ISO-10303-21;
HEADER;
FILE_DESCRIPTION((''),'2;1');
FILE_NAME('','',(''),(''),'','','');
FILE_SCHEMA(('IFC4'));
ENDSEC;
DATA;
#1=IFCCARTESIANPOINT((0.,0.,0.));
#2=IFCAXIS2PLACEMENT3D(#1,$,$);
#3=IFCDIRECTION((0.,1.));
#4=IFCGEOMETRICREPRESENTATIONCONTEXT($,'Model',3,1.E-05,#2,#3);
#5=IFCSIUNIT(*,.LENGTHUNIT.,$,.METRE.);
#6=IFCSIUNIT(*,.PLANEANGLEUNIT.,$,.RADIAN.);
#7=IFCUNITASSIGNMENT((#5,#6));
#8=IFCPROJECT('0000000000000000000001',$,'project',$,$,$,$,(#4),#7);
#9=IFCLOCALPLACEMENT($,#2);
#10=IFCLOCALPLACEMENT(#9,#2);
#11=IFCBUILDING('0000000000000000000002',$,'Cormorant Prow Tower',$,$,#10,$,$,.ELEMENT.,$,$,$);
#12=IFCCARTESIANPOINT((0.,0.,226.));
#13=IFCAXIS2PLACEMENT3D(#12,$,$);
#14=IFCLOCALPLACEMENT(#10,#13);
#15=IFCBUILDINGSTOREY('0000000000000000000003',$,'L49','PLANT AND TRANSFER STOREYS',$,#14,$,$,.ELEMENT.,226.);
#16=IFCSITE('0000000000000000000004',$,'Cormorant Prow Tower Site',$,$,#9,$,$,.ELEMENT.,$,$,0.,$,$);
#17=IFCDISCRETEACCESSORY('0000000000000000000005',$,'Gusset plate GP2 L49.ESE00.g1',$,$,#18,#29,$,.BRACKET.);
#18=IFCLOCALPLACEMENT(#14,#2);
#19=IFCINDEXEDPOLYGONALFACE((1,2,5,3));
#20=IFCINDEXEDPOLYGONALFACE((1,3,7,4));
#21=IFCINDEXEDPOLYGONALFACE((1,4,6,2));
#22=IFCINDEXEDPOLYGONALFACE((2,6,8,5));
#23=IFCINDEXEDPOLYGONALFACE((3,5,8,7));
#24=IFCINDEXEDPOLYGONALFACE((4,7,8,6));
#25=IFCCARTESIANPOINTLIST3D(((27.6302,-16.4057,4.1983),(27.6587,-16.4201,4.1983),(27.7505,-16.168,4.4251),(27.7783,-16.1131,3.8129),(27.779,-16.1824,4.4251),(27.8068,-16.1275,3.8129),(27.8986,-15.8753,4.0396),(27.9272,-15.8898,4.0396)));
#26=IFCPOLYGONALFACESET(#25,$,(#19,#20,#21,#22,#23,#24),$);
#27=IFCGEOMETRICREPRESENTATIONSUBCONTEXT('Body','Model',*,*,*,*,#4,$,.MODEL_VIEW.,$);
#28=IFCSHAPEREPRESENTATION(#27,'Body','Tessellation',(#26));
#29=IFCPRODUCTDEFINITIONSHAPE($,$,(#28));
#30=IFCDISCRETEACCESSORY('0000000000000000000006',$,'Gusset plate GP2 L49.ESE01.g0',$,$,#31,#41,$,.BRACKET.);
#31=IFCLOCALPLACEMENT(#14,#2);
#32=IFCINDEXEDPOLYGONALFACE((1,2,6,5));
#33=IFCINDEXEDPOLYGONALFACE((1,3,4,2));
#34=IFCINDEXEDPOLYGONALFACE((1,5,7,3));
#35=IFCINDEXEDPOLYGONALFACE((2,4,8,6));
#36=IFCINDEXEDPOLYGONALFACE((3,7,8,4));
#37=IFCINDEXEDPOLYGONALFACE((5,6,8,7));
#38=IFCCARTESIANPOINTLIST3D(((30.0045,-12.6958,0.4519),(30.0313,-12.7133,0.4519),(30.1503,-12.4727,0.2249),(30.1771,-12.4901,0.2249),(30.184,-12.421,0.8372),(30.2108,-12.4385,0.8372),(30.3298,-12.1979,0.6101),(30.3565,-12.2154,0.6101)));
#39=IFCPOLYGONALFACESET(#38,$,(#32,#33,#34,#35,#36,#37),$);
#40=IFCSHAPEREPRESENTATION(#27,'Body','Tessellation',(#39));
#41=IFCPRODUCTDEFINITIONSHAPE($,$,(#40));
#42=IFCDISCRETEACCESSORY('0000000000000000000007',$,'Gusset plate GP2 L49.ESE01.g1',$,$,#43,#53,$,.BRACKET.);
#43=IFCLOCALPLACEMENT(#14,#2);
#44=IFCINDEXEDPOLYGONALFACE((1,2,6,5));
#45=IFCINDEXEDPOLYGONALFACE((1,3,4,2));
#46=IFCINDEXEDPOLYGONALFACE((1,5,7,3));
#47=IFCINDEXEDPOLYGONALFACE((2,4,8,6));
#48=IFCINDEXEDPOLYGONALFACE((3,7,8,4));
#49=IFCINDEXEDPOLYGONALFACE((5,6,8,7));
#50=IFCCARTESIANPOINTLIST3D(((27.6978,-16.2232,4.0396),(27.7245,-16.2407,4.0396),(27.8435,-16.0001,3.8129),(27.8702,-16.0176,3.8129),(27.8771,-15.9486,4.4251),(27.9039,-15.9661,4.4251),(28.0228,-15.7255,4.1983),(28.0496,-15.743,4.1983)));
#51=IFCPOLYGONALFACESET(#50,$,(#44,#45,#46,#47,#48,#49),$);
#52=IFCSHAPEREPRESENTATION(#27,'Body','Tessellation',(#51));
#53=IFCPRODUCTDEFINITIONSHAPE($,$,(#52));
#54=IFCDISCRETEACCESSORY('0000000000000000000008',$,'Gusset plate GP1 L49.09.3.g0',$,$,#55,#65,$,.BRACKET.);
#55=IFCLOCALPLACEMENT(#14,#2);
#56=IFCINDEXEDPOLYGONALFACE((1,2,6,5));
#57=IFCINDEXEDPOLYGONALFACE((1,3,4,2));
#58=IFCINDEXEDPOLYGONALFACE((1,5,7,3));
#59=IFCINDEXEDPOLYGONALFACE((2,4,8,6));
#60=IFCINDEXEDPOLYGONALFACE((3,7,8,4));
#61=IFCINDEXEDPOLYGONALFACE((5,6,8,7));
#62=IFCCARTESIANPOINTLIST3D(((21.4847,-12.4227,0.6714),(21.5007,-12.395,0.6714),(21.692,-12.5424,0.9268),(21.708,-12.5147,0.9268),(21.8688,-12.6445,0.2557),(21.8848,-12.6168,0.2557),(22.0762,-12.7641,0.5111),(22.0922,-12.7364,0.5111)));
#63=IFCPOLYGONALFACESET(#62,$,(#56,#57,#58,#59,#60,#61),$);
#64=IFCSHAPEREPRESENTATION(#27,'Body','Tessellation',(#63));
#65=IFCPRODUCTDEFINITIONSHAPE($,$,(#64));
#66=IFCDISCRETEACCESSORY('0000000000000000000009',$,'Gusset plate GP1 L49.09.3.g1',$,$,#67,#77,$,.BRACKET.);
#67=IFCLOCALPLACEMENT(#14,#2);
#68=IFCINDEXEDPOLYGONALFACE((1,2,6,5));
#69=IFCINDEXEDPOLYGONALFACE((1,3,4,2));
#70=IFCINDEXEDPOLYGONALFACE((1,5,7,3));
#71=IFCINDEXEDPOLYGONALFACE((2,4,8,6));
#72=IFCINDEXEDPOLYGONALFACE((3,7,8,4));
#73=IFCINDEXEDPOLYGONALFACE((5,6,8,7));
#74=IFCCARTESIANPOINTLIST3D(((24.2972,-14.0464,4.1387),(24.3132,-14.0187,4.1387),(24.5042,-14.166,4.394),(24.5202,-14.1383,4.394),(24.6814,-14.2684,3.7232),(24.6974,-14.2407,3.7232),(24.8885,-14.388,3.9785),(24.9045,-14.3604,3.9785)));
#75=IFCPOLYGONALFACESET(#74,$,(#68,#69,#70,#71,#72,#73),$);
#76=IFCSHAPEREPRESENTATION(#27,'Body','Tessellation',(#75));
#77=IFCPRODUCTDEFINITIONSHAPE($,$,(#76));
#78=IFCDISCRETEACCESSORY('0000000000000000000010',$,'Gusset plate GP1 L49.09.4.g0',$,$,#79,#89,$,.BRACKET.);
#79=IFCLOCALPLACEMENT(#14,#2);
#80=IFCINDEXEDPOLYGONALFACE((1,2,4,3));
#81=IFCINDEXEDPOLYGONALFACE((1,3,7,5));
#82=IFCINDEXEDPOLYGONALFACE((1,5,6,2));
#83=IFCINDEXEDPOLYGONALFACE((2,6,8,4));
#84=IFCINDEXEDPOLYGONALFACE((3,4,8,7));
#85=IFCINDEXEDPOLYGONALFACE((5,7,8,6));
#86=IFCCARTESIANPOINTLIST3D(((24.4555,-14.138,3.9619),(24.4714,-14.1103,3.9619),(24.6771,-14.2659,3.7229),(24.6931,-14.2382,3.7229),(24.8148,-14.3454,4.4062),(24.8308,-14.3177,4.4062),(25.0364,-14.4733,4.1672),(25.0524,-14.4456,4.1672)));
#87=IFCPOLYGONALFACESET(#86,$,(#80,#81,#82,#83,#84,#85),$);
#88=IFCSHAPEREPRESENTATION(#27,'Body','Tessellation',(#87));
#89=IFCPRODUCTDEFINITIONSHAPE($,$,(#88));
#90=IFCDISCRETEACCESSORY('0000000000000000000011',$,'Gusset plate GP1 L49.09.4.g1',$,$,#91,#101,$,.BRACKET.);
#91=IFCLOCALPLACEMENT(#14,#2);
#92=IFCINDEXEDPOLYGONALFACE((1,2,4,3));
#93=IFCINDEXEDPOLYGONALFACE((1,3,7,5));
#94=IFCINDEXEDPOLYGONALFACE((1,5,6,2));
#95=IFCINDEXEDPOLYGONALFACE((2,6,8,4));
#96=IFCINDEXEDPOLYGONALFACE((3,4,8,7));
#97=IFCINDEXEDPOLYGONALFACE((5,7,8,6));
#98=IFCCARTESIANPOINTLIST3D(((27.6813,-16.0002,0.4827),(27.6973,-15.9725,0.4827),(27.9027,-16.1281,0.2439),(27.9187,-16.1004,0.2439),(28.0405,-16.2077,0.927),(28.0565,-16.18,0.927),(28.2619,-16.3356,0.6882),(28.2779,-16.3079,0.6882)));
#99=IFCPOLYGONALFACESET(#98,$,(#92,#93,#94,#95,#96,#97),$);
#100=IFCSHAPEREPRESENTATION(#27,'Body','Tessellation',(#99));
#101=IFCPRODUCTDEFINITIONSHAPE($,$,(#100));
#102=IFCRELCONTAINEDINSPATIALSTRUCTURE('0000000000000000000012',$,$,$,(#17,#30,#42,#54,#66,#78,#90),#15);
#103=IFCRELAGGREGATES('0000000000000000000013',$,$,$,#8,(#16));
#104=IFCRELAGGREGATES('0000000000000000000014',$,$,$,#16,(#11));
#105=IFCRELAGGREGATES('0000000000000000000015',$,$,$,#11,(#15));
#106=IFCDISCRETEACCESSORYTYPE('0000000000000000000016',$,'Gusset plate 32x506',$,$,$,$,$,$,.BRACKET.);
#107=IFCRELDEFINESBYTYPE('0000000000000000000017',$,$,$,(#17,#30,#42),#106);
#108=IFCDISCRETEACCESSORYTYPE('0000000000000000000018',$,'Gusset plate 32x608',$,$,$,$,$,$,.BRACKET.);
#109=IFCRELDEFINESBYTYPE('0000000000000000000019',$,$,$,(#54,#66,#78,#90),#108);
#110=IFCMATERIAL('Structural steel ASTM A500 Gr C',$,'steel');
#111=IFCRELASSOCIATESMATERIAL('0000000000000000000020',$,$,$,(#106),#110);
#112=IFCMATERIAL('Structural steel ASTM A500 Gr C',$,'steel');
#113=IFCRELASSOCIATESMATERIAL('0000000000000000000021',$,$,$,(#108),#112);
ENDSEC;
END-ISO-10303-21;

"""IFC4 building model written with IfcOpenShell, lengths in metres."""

from ifc_helpers import new_model, si_unit, direction, frame, origin, origin_2d, place, context, subcontext, project, spatial, rectangle, extrude, material, material_profile, profile_set, type_object, element, save


model = new_model("IFC4")

# Units and contexts
model_context = context("Model", 3, precision=1e-05, world=origin(), true_north=direction((0.0, 1.0)))
body_context = subcontext(model_context, "Body", "Model", "MODEL_VIEW")
ifc_project = project(units=[si_unit("LENGTHUNIT", "METRE"), si_unit("PLANEANGLEUNIT", "RADIAN")], contexts=[model_context])

# Site, building, storey
site_placement = place(None, origin())
site = spatial("IfcSite", under=ifc_project, at=site_placement, Name="Cormorant Prow Tower Site", CompositionType="ELEMENT", RefElevation=0.0)
building_placement = place(site_placement, origin())
building = spatial("IfcBuilding", under=site, at=building_placement, Name="Cormorant Prow Tower", CompositionType="ELEMENT")
storey_placement = place(building_placement, frame((0.0, 0.0, 226.0)))
storey = spatial("IfcBuildingStorey", under=building, at=storey_placement, Name="L49", Description="PLANT AND TRANSFER STOREYS", CompositionType="ELEMENT", Elevation=226.0)

# Discrete accessories
ifc_material_1 = material(Name="Structural steel ASTM A500 Gr C", Category="steel")
ifc_material_profile_1 = material_profile(ifc_material_1, rectangle(XDim=0.032, YDim=0.5061, at=origin_2d()), Name="Gusset plate 32x506")
ifc_profile_set_1 = profile_set([ifc_material_profile_1], Name="Structural steel ASTM A500 Gr C")
discrete_accessory_type_1 = type_object("IfcDiscreteAccessoryType", Name="Gusset plate 32x506", PredefinedType="BRACKET", material=ifc_profile_set_1)
discrete_accessory_1_placement = place(storey_placement, frame((27.7185, -16.2666, 4.0056), z_axis=(0.343927, 0.679482, 0.648089), x_axis=(-0.892218, 0.451605, 0.0)))
element("IfcDiscreteAccessory", 1, at=discrete_accessory_1_placement, inside=storey, type_object=discrete_accessory_type_1, Name="Gusset plate GP2 L49.ESE00.g1", PredefinedType="BRACKET", context=body_context, shape_type="SweptSolid", body=[
    extrude(rectangle(XDim=0.032, YDim=0.5061, at=origin_2d()), origin(), (0.0, 0.0, 1.0), 0.3499),
])
discrete_accessory_2_placement = place(storey_placement, frame((30.1077, -12.5671, 0.6445), z_axis=(0.416283, 0.637324, -0.648481), x_axis=(-0.837228, 0.546854, 0.0)))
element("IfcDiscreteAccessory", 2, at=discrete_accessory_2_placement, inside=storey, type_object=discrete_accessory_type_1, Name="Gusset plate GP2 L49.ESE01.g0", PredefinedType="BRACKET", context=body_context, shape_type="SweptSolid", body=[
    extrude(rectangle(XDim=0.032, YDim=0.5061, at=origin_2d()), origin(), (0.0, 0.0, 1.0), 0.3501),
])
discrete_accessory_3_placement = place(storey_placement, frame((27.9465, -15.8716, 4.0056), z_axis=(-0.416471, -0.637612, 0.648076), x_axis=(0.837228, -0.546854, 0.0)))
element("IfcDiscreteAccessory", 3, at=discrete_accessory_3_placement, inside=storey, type_object=discrete_accessory_type_1, Name="Gusset plate GP2 L49.ESE01.g1", PredefinedType="BRACKET", context=body_context, shape_type="SweptSolid", body=[
    extrude(rectangle(XDim=0.032, YDim=0.5061, at=origin_2d()), origin(), (0.0, 0.0, 1.0), 0.3499),
])
ifc_material_2 = material(Name="Structural steel ASTM A500 Gr C", Category="steel")
ifc_material_profile_2 = material_profile(ifc_material_2, rectangle(XDim=0.032, YDim=0.6079, at=origin_2d()), Name="Gusset plate 32x608")
ifc_profile_set_2 = profile_set([ifc_material_profile_2], Name="Structural steel ASTM A500 Gr C")
discrete_accessory_type_2 = type_object("IfcDiscreteAccessoryType", Name="Gusset plate 32x608", PredefinedType="BRACKET", material=ifc_profile_set_2)
discrete_accessory_4_placement = place(storey_placement, frame((21.8921, -12.6394, 0.719), z_axis=(-0.592243, 0.341813, -0.729666), x_axis=(-0.49987, -0.866101, 0.0)))
element("IfcDiscreteAccessory", 4, at=discrete_accessory_4_placement, inside=storey, type_object=discrete_accessory_type_2, Name="Gusset plate GP1 L49.09.3.g0", PredefinedType="BRACKET", context=body_context, shape_type="SweptSolid", body=[
    extrude(rectangle(XDim=0.032, YDim=0.6079, at=origin_2d()), origin(), (0.0, 0.0, 1.0), 0.3501),
])
discrete_accessory_5_placement = place(storey_placement, frame((24.4973, -14.1436, 3.9309), z_axis=(0.59179, -0.341954, 0.729967), x_axis=(0.500312, 0.865845, 0.0)))
element("IfcDiscreteAccessory", 5, at=discrete_accessory_5_placement, inside=storey, type_object=discrete_accessory_type_2, Name="Gusset plate GP1 L49.09.3.g1", PredefinedType="BRACKET", context=body_context, shape_type="SweptSolid", body=[
    extrude(rectangle(XDim=0.032, YDim=0.6079, at=origin_2d()), origin(), (0.0, 0.0, 1.0), 0.3499),
])
discrete_accessory_6_placement = place(storey_placement, frame((24.8647, -14.3557, 3.9451), z_axis=(-0.633021, 0.365312, 0.682519), x_axis=(-0.499833, -0.866122, 0.0)))
element("IfcDiscreteAccessory", 6, at=discrete_accessory_6_placement, inside=storey, type_object=discrete_accessory_type_2, Name="Gusset plate GP1 L49.09.4.g0", PredefinedType="BRACKET", context=body_context, shape_type="SweptSolid", body=[
    extrude(rectangle(XDim=0.032, YDim=0.6079, at=origin_2d()), origin(), (0.0, 0.0, 1.0), 0.3501),
])
discrete_accessory_7_placement = place(storey_placement, frame((27.8689, -16.0901, 0.7048), z_axis=(0.632904, -0.365647, -0.682448), x_axis=(0.500246, 0.865883, 0.0)))
element("IfcDiscreteAccessory", 7, at=discrete_accessory_7_placement, inside=storey, type_object=discrete_accessory_type_2, Name="Gusset plate GP1 L49.09.4.g1", PredefinedType="BRACKET", context=body_context, shape_type="SweptSolid", body=[
    extrude(rectangle(XDim=0.032, YDim=0.6079, at=origin_2d()), origin(), (0.0, 0.0, 1.0), 0.3499),
])

save(model, "model.ifc")
